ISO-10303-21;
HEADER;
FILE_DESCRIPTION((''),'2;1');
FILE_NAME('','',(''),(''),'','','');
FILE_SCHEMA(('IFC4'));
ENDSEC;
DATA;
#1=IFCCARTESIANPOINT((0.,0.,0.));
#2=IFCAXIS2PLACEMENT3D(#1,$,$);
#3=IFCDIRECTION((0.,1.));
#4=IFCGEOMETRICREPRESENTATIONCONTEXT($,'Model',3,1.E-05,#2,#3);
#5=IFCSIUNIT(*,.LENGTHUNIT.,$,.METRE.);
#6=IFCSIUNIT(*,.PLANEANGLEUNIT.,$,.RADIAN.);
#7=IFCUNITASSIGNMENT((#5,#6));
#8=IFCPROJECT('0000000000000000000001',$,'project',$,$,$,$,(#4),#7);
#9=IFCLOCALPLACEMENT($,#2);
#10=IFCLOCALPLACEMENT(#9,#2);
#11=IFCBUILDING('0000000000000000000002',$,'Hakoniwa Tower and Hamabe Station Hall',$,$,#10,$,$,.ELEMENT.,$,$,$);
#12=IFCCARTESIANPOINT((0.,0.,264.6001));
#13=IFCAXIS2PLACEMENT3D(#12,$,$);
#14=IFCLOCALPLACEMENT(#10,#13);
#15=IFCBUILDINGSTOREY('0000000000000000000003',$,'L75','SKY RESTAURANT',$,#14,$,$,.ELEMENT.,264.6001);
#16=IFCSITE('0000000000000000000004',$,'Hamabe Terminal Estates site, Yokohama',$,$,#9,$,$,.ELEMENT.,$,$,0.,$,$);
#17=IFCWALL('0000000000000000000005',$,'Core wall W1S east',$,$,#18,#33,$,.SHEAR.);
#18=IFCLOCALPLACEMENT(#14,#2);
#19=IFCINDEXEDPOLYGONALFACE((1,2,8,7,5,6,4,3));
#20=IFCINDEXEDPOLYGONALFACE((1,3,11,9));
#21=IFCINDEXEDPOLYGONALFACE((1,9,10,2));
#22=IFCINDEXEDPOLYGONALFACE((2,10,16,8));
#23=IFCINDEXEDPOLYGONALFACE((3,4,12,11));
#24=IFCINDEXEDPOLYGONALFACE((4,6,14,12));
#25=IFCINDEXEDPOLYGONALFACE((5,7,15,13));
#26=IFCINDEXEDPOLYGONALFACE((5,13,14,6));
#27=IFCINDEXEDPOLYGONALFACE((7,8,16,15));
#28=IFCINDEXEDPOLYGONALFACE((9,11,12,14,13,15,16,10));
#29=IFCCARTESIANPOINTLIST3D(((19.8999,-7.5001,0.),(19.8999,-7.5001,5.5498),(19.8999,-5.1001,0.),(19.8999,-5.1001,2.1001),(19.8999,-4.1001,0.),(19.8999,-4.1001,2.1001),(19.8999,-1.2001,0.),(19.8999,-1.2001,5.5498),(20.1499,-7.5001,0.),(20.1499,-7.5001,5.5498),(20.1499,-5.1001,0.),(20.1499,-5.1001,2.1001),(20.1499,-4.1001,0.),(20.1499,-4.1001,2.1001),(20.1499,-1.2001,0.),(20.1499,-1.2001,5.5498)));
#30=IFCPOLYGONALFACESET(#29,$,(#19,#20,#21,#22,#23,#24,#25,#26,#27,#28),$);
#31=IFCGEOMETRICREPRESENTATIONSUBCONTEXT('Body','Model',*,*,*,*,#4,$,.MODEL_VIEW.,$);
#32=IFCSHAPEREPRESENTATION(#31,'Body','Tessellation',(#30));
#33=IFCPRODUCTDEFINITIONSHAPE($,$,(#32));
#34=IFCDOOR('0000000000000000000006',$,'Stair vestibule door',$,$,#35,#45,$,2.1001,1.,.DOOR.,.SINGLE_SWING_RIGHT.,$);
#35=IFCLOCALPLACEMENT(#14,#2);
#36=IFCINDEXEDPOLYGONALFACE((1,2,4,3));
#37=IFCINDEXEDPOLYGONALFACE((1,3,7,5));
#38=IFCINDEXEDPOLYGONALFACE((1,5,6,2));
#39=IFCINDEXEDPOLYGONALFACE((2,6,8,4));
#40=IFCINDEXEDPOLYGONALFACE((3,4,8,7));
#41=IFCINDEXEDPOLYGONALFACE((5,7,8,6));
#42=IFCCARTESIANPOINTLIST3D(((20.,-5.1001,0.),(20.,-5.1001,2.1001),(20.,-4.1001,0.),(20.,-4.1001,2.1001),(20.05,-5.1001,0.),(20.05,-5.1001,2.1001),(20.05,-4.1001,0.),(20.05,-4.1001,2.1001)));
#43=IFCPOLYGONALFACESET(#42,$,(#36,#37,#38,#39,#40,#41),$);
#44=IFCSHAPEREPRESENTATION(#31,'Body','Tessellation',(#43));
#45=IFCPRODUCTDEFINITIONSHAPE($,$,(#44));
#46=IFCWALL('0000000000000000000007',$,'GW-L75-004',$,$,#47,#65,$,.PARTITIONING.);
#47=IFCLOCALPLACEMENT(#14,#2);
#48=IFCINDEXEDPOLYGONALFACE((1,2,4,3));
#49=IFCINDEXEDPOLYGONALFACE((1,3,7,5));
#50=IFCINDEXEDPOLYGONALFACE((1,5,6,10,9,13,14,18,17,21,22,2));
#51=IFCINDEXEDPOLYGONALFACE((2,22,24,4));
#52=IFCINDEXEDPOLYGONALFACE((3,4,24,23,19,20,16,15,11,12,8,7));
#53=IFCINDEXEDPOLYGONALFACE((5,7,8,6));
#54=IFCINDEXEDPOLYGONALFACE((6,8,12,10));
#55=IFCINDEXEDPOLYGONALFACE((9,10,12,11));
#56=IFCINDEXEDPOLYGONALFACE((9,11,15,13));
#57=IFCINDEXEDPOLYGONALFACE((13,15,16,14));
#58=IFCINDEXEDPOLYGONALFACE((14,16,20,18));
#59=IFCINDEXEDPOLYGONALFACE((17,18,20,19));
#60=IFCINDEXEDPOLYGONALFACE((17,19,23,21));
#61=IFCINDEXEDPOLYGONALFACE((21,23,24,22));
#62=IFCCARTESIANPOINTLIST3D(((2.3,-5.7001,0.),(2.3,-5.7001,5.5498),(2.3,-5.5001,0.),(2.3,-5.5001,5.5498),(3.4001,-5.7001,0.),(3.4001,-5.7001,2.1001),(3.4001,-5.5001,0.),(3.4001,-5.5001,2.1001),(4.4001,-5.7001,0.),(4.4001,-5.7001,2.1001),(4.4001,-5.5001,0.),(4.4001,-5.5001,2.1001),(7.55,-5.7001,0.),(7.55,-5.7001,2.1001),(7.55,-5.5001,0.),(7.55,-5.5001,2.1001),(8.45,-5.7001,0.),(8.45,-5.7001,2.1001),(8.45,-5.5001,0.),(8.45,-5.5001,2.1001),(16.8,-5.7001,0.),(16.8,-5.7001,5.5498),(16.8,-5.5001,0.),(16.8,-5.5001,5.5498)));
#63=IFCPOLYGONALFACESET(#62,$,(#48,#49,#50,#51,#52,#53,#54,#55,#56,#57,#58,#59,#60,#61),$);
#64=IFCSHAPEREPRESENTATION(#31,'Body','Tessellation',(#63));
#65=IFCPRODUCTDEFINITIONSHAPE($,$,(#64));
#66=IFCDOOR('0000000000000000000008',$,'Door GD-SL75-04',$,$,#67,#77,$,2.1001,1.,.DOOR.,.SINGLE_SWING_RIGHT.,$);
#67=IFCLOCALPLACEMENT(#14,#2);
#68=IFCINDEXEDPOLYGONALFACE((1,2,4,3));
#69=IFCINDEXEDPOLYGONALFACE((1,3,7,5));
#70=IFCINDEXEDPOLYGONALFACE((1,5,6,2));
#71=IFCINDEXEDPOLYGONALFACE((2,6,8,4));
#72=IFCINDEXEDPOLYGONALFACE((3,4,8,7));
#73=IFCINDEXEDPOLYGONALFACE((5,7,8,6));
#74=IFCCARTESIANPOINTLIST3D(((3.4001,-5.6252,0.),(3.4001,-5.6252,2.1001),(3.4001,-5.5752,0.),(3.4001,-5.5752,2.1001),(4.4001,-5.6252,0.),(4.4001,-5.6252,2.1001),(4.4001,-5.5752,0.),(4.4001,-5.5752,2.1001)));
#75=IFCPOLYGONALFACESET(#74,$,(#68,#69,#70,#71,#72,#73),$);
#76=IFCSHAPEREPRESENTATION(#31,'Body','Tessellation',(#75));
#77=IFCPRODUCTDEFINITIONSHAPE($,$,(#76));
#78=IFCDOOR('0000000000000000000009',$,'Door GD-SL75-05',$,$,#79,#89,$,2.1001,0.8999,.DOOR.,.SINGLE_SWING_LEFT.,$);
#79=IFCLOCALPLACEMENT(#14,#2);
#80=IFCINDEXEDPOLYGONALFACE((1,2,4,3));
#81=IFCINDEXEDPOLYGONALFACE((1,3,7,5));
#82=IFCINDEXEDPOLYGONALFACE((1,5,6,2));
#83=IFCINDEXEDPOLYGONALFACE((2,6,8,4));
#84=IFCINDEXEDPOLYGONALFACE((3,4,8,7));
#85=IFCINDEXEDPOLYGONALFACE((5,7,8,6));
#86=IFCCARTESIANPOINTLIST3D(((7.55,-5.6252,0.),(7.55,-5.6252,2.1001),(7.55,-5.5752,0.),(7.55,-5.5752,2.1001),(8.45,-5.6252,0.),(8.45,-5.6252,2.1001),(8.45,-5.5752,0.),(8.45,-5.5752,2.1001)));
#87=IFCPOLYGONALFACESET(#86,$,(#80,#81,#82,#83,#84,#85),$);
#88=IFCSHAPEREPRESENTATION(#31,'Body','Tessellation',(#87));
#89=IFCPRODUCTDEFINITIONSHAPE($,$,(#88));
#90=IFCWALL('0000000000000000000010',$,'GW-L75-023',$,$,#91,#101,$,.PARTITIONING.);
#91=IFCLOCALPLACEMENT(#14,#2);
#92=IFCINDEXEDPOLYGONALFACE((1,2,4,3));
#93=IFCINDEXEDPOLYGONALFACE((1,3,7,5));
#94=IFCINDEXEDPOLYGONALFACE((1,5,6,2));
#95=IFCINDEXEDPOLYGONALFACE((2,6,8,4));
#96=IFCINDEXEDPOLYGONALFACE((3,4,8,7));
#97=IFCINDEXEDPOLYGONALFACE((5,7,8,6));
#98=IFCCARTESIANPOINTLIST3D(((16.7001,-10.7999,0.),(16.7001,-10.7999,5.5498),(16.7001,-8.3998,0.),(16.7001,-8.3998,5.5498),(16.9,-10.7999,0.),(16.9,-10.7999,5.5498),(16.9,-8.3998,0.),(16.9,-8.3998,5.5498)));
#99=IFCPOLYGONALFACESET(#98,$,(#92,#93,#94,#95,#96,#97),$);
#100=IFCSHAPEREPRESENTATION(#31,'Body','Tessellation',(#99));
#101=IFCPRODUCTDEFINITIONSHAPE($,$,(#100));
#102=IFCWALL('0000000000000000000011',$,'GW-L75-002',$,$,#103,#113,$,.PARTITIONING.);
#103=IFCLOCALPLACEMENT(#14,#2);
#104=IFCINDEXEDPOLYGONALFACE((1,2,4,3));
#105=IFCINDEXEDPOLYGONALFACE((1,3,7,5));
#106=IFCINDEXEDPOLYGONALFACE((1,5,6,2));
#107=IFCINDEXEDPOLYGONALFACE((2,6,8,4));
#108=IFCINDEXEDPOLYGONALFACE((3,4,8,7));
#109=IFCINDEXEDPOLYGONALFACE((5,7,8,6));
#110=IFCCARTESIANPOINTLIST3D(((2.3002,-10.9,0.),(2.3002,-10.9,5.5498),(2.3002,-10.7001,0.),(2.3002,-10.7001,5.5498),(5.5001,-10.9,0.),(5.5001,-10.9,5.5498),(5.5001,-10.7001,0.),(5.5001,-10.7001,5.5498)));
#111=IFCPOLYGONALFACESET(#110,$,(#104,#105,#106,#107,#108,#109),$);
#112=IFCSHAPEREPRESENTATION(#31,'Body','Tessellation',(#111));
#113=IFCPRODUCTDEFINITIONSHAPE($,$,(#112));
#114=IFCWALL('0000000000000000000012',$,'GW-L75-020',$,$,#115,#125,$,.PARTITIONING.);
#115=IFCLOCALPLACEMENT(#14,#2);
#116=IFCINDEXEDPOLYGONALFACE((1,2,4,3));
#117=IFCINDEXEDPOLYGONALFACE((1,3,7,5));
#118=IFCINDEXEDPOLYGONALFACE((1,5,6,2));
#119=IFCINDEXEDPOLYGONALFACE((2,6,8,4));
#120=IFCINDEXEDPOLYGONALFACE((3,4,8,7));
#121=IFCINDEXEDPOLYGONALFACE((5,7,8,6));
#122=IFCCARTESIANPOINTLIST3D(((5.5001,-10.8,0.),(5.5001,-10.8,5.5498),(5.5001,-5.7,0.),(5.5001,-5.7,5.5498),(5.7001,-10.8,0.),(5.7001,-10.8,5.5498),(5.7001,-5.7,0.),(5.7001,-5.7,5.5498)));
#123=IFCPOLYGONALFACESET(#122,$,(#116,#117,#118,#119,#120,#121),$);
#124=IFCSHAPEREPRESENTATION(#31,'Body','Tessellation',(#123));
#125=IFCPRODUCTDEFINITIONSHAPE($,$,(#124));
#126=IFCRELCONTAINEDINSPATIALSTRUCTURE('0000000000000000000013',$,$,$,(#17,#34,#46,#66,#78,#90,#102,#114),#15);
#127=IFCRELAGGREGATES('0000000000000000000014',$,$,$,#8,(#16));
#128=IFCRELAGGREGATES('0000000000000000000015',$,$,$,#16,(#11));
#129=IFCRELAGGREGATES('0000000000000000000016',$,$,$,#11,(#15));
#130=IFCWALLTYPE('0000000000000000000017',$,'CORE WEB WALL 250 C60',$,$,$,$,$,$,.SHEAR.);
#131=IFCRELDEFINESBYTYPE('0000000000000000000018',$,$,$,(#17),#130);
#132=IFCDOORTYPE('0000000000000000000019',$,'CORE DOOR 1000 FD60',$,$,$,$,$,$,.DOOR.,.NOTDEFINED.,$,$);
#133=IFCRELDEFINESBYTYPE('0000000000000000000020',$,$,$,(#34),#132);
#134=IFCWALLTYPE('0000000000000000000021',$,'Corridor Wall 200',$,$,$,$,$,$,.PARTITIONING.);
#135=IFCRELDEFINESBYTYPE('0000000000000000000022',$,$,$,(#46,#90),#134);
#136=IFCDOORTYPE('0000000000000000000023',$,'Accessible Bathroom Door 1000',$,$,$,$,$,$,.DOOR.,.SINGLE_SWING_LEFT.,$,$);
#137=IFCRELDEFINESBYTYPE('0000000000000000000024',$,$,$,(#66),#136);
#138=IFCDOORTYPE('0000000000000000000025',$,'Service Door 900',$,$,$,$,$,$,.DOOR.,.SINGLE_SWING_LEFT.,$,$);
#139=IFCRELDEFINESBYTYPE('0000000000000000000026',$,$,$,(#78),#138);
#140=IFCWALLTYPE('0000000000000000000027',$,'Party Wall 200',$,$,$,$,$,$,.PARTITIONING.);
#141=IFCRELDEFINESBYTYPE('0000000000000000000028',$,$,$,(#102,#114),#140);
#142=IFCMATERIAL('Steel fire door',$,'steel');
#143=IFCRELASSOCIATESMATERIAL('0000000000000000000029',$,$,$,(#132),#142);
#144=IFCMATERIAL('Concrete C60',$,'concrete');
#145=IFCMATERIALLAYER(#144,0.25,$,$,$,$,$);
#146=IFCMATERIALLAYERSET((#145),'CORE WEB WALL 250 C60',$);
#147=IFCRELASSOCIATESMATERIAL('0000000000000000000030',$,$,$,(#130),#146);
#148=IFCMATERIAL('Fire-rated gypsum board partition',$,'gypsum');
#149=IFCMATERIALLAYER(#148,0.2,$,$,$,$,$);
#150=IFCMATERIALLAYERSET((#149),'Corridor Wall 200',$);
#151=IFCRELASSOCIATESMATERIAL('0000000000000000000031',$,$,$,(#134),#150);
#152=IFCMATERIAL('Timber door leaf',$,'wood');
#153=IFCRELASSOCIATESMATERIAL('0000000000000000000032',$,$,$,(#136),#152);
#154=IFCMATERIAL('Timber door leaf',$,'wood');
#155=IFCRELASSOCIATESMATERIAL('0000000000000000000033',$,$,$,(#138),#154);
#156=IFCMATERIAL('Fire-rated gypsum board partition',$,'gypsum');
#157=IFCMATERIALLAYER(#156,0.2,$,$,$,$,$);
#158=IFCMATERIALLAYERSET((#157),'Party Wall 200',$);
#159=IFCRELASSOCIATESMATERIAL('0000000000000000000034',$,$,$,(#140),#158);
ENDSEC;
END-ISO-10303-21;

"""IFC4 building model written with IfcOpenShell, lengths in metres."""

from ifc_helpers import new_model, si_unit, direction, frame, frame_2d, origin, place, context, subcontext, project, spatial, rectangle, extrude, material, layer, layer_set, type_object, element, fill, save


model = new_model("IFC4")

# Units and contexts
model_context = context("Model", 3, precision=1e-05, world=origin(), true_north=direction((0.0, 1.0)))
body_context = subcontext(model_context, "Body", "Model", "MODEL_VIEW")
ifc_project = project(units=[si_unit("LENGTHUNIT", "METRE"), si_unit("PLANEANGLEUNIT", "RADIAN")], contexts=[model_context])

# Site, building, storey
site_placement = place(None, origin())
site = spatial("IfcSite", under=ifc_project, at=site_placement, Name="Hamabe Terminal Estates site, Yokohama", CompositionType="ELEMENT", RefElevation=0.0)
building_placement = place(site_placement, origin())
building = spatial("IfcBuilding", under=site, at=building_placement, Name="Hakoniwa Tower and Hamabe Station Hall", CompositionType="ELEMENT")
storey_placement = place(building_placement, frame((0.0, 0.0, 264.6001)))
storey = spatial("IfcBuildingStorey", under=building, at=storey_placement, Name="L75", Description="SKY RESTAURANT", CompositionType="ELEMENT", Elevation=264.6001)

# Shared definitions
ifc_material_1 = material(Name="Steel fire door", Category="steel")
door_type_1 = type_object("IfcDoorType", Name="CORE DOOR 1000 FD60", OperationType="NOTDEFINED", PredefinedType="DOOR", material=ifc_material_1)

# Wall, opening, door
ifc_material_2 = material(Name="Concrete C60", Category="concrete")
ifc_layer_1 = layer(ifc_material_2, 0.25)
ifc_layer_set_1 = layer_set([ifc_layer_1], Name="CORE WEB WALL 250 C60")
wall_type_1 = type_object("IfcWallType", Name="CORE WEB WALL 250 C60", PredefinedType="SHEAR", material=ifc_layer_set_1)
wall_1_placement = place(storey_placement, frame((20.0249, -7.5, 0.0), z_axis=(0.0, 0.0, 1.0), x_axis=(0.0, 1.0, 0.0)))
wall_1 = element("IfcWall", 1, at=wall_1_placement, inside=storey, type_object=wall_type_1, Name="Core wall W1S east", PredefinedType="SHEAR", context=body_context, shape_type="SweptSolid", body=[
    extrude(rectangle(XDim=6.3, YDim=0.25, at=frame_2d((3.1499, 0.0))), origin(), (0.0, 0.0, 1.0), 5.5498),
])
opening_1_placement = place(wall_1_placement, frame((2.3999, 0.0, 0.0)))
opening_1 = element("IfcOpeningElement", 2, at=opening_1_placement, cuts=wall_1, PredefinedType="OPENING", context=body_context, shape_type="SweptSolid", body=[
    extrude(rectangle(XDim=1.0, YDim=2.1001, at=frame_2d((0.5, 1.05))), frame((0.0, 0.135, 0.0), z_axis=(0.0, -1.0, 0.0), x_axis=(1.0, 0.0, 0.0)), (0.0, 0.0, 1.0), 0.27),
])
door_1_placement = place(opening_1_placement, origin())
door_1 = element("IfcDoor", 3, at=door_1_placement, inside=storey, type_object=door_type_1, Name="Stair vestibule door", OperationType="SINGLE_SWING_RIGHT", OverallHeight=2.1001, OverallWidth=1.0, PredefinedType="DOOR", context=body_context, shape_type="SweptSolid", body=[
    extrude(rectangle(XDim=1.0, YDim=2.1001, at=frame_2d((0.5, 1.05))), frame((0.0, 0.0249, 0.0), z_axis=(0.0, -1.0, 0.0), x_axis=(1.0, 0.0, 0.0)), (0.0, 0.0, 1.0), 0.05),
])
fill(opening_1, door_1)

# Wall, openings, doors
ifc_material_3 = material(Name="Fire-rated gypsum board partition", Category="gypsum")
ifc_layer_2 = layer(ifc_material_3, 0.2)
ifc_layer_set_2 = layer_set([ifc_layer_2], Name="Corridor Wall 200")
wall_type_2 = type_object("IfcWallType", Name="Corridor Wall 200", PredefinedType="PARTITIONING", material=ifc_layer_set_2)
wall_2_placement = place(storey_placement, frame((2.3, -5.6001, 0.0), z_axis=(0.0, 0.0, 1.0), x_axis=(1.0, 0.0, 0.0)))
wall_2 = element("IfcWall", 4, at=wall_2_placement, inside=storey, type_object=wall_type_2, Name="GW-L75-004", PredefinedType="PARTITIONING", context=body_context, shape_type="SweptSolid", body=[
    extrude(rectangle(XDim=14.5, YDim=0.2, at=frame_2d((7.25, 0.0))), origin(), (0.0, 0.0, 1.0), 5.5498),
])
opening_2_placement = place(wall_2_placement, frame((1.1001, 0.0, 0.0)))
opening_2 = element("IfcOpeningElement", 5, at=opening_2_placement, cuts=wall_2, PredefinedType="OPENING", context=body_context, shape_type="SweptSolid", body=[
    extrude(rectangle(XDim=1.0, YDim=2.1001, at=frame_2d((0.5, 1.05))), frame((0.0, 0.1099, 0.0), z_axis=(0.0, -1.0, 0.0), x_axis=(1.0, 0.0, 0.0)), (0.0, 0.0, 1.0), 0.22),
])
opening_3_placement = place(wall_2_placement, frame((5.25, 0.0, 0.0)))
opening_3 = element("IfcOpeningElement", 6, at=opening_3_placement, cuts=wall_2, PredefinedType="OPENING", context=body_context, shape_type="SweptSolid", body=[
    extrude(rectangle(XDim=0.8999, YDim=2.1001, at=frame_2d((0.45, 1.05))), frame((0.0, 0.1099, 0.0), z_axis=(0.0, -1.0, 0.0), x_axis=(1.0, 0.0, 0.0)), (0.0, 0.0, 1.0), 0.22),
])
ifc_material_4 = material(Name="Timber door leaf", Category="wood")
door_type_2 = type_object("IfcDoorType", Name="Accessible Bathroom Door 1000", OperationType="SINGLE_SWING_LEFT", PredefinedType="DOOR", material=ifc_material_4)
door_2_placement = place(opening_2_placement, origin())
door_2 = element("IfcDoor", 7, at=door_2_placement, inside=storey, type_object=door_type_2, Name="Door GD-SL75-04", OperationType="SINGLE_SWING_RIGHT", OverallHeight=2.1001, OverallWidth=1.0, PredefinedType="DOOR", context=body_context, shape_type="SweptSolid", body=[
    extrude(rectangle(XDim=1.0, YDim=2.1001, at=frame_2d((0.5, 1.05))), frame((0.0, 0.0249, 0.0), z_axis=(0.0, -1.0, 0.0), x_axis=(1.0, 0.0, 0.0)), (0.0, 0.0, 1.0), 0.05),
])
fill(opening_2, door_2)
ifc_material_5 = material(Name="Timber door leaf", Category="wood")
door_type_3 = type_object("IfcDoorType", Name="Service Door 900", OperationType="SINGLE_SWING_LEFT", PredefinedType="DOOR", material=ifc_material_5)
door_3_placement = place(opening_3_placement, origin())
door_3 = element("IfcDoor", 8, at=door_3_placement, inside=storey, type_object=door_type_3, Name="Door GD-SL75-05", OperationType="SINGLE_SWING_LEFT", OverallHeight=2.1001, OverallWidth=0.8999, PredefinedType="DOOR", context=body_context, shape_type="SweptSolid", body=[
    extrude(rectangle(XDim=0.8999, YDim=2.1001, at=frame_2d((0.45, 1.05))), frame((0.0, 0.0249, 0.0), z_axis=(0.0, -1.0, 0.0), x_axis=(1.0, 0.0, 0.0)), (0.0, 0.0, 1.0), 0.05),
])
fill(opening_3, door_3)

# Walls
wall_3_placement = place(storey_placement, frame((16.8, -10.8, 0.0), z_axis=(0.0, 0.0, 1.0), x_axis=(0.0, 1.0, 0.0)))
element("IfcWall", 9, at=wall_3_placement, inside=storey, type_object=wall_type_2, Name="GW-L75-023", PredefinedType="PARTITIONING", context=body_context, shape_type="SweptSolid", body=[
    extrude(rectangle(XDim=2.4001, YDim=0.2, at=frame_2d((1.2002, 0.0))), origin(), (0.0, 0.0, 1.0), 5.5498),
])
ifc_material_6 = material(Name="Fire-rated gypsum board partition", Category="gypsum")
ifc_layer_3 = layer(ifc_material_6, 0.2)
ifc_layer_set_3 = layer_set([ifc_layer_3], Name="Party Wall 200")
wall_type_3 = type_object("IfcWallType", Name="Party Wall 200", PredefinedType="PARTITIONING", material=ifc_layer_set_3)
wall_4_placement = place(storey_placement, frame((2.3, -10.8, 0.0), z_axis=(0.0, 0.0, 1.0), x_axis=(1.0, 0.0, 0.0)))
element("IfcWall", 10, at=wall_4_placement, inside=storey, type_object=wall_type_3, Name="GW-L75-002", PredefinedType="PARTITIONING", context=body_context, shape_type="SweptSolid", body=[
    extrude(rectangle(XDim=3.2, YDim=0.2, at=frame_2d((1.6001, 0.0))), origin(), (0.0, 0.0, 1.0), 5.5498),
])
wall_5_placement = place(storey_placement, frame((5.6001, -10.8, 0.0), z_axis=(0.0, 0.0, 1.0), x_axis=(0.0, 1.0, 0.0)))
element("IfcWall", 11, at=wall_5_placement, inside=storey, type_object=wall_type_3, Name="GW-L75-020", PredefinedType="PARTITIONING", context=body_context, shape_type="SweptSolid", body=[
    extrude(rectangle(XDim=5.1001, YDim=0.2, at=frame_2d((2.55, 0.0))), origin(), (0.0, 0.0, 1.0), 5.5498),
])

save(model, "model.ifc")
